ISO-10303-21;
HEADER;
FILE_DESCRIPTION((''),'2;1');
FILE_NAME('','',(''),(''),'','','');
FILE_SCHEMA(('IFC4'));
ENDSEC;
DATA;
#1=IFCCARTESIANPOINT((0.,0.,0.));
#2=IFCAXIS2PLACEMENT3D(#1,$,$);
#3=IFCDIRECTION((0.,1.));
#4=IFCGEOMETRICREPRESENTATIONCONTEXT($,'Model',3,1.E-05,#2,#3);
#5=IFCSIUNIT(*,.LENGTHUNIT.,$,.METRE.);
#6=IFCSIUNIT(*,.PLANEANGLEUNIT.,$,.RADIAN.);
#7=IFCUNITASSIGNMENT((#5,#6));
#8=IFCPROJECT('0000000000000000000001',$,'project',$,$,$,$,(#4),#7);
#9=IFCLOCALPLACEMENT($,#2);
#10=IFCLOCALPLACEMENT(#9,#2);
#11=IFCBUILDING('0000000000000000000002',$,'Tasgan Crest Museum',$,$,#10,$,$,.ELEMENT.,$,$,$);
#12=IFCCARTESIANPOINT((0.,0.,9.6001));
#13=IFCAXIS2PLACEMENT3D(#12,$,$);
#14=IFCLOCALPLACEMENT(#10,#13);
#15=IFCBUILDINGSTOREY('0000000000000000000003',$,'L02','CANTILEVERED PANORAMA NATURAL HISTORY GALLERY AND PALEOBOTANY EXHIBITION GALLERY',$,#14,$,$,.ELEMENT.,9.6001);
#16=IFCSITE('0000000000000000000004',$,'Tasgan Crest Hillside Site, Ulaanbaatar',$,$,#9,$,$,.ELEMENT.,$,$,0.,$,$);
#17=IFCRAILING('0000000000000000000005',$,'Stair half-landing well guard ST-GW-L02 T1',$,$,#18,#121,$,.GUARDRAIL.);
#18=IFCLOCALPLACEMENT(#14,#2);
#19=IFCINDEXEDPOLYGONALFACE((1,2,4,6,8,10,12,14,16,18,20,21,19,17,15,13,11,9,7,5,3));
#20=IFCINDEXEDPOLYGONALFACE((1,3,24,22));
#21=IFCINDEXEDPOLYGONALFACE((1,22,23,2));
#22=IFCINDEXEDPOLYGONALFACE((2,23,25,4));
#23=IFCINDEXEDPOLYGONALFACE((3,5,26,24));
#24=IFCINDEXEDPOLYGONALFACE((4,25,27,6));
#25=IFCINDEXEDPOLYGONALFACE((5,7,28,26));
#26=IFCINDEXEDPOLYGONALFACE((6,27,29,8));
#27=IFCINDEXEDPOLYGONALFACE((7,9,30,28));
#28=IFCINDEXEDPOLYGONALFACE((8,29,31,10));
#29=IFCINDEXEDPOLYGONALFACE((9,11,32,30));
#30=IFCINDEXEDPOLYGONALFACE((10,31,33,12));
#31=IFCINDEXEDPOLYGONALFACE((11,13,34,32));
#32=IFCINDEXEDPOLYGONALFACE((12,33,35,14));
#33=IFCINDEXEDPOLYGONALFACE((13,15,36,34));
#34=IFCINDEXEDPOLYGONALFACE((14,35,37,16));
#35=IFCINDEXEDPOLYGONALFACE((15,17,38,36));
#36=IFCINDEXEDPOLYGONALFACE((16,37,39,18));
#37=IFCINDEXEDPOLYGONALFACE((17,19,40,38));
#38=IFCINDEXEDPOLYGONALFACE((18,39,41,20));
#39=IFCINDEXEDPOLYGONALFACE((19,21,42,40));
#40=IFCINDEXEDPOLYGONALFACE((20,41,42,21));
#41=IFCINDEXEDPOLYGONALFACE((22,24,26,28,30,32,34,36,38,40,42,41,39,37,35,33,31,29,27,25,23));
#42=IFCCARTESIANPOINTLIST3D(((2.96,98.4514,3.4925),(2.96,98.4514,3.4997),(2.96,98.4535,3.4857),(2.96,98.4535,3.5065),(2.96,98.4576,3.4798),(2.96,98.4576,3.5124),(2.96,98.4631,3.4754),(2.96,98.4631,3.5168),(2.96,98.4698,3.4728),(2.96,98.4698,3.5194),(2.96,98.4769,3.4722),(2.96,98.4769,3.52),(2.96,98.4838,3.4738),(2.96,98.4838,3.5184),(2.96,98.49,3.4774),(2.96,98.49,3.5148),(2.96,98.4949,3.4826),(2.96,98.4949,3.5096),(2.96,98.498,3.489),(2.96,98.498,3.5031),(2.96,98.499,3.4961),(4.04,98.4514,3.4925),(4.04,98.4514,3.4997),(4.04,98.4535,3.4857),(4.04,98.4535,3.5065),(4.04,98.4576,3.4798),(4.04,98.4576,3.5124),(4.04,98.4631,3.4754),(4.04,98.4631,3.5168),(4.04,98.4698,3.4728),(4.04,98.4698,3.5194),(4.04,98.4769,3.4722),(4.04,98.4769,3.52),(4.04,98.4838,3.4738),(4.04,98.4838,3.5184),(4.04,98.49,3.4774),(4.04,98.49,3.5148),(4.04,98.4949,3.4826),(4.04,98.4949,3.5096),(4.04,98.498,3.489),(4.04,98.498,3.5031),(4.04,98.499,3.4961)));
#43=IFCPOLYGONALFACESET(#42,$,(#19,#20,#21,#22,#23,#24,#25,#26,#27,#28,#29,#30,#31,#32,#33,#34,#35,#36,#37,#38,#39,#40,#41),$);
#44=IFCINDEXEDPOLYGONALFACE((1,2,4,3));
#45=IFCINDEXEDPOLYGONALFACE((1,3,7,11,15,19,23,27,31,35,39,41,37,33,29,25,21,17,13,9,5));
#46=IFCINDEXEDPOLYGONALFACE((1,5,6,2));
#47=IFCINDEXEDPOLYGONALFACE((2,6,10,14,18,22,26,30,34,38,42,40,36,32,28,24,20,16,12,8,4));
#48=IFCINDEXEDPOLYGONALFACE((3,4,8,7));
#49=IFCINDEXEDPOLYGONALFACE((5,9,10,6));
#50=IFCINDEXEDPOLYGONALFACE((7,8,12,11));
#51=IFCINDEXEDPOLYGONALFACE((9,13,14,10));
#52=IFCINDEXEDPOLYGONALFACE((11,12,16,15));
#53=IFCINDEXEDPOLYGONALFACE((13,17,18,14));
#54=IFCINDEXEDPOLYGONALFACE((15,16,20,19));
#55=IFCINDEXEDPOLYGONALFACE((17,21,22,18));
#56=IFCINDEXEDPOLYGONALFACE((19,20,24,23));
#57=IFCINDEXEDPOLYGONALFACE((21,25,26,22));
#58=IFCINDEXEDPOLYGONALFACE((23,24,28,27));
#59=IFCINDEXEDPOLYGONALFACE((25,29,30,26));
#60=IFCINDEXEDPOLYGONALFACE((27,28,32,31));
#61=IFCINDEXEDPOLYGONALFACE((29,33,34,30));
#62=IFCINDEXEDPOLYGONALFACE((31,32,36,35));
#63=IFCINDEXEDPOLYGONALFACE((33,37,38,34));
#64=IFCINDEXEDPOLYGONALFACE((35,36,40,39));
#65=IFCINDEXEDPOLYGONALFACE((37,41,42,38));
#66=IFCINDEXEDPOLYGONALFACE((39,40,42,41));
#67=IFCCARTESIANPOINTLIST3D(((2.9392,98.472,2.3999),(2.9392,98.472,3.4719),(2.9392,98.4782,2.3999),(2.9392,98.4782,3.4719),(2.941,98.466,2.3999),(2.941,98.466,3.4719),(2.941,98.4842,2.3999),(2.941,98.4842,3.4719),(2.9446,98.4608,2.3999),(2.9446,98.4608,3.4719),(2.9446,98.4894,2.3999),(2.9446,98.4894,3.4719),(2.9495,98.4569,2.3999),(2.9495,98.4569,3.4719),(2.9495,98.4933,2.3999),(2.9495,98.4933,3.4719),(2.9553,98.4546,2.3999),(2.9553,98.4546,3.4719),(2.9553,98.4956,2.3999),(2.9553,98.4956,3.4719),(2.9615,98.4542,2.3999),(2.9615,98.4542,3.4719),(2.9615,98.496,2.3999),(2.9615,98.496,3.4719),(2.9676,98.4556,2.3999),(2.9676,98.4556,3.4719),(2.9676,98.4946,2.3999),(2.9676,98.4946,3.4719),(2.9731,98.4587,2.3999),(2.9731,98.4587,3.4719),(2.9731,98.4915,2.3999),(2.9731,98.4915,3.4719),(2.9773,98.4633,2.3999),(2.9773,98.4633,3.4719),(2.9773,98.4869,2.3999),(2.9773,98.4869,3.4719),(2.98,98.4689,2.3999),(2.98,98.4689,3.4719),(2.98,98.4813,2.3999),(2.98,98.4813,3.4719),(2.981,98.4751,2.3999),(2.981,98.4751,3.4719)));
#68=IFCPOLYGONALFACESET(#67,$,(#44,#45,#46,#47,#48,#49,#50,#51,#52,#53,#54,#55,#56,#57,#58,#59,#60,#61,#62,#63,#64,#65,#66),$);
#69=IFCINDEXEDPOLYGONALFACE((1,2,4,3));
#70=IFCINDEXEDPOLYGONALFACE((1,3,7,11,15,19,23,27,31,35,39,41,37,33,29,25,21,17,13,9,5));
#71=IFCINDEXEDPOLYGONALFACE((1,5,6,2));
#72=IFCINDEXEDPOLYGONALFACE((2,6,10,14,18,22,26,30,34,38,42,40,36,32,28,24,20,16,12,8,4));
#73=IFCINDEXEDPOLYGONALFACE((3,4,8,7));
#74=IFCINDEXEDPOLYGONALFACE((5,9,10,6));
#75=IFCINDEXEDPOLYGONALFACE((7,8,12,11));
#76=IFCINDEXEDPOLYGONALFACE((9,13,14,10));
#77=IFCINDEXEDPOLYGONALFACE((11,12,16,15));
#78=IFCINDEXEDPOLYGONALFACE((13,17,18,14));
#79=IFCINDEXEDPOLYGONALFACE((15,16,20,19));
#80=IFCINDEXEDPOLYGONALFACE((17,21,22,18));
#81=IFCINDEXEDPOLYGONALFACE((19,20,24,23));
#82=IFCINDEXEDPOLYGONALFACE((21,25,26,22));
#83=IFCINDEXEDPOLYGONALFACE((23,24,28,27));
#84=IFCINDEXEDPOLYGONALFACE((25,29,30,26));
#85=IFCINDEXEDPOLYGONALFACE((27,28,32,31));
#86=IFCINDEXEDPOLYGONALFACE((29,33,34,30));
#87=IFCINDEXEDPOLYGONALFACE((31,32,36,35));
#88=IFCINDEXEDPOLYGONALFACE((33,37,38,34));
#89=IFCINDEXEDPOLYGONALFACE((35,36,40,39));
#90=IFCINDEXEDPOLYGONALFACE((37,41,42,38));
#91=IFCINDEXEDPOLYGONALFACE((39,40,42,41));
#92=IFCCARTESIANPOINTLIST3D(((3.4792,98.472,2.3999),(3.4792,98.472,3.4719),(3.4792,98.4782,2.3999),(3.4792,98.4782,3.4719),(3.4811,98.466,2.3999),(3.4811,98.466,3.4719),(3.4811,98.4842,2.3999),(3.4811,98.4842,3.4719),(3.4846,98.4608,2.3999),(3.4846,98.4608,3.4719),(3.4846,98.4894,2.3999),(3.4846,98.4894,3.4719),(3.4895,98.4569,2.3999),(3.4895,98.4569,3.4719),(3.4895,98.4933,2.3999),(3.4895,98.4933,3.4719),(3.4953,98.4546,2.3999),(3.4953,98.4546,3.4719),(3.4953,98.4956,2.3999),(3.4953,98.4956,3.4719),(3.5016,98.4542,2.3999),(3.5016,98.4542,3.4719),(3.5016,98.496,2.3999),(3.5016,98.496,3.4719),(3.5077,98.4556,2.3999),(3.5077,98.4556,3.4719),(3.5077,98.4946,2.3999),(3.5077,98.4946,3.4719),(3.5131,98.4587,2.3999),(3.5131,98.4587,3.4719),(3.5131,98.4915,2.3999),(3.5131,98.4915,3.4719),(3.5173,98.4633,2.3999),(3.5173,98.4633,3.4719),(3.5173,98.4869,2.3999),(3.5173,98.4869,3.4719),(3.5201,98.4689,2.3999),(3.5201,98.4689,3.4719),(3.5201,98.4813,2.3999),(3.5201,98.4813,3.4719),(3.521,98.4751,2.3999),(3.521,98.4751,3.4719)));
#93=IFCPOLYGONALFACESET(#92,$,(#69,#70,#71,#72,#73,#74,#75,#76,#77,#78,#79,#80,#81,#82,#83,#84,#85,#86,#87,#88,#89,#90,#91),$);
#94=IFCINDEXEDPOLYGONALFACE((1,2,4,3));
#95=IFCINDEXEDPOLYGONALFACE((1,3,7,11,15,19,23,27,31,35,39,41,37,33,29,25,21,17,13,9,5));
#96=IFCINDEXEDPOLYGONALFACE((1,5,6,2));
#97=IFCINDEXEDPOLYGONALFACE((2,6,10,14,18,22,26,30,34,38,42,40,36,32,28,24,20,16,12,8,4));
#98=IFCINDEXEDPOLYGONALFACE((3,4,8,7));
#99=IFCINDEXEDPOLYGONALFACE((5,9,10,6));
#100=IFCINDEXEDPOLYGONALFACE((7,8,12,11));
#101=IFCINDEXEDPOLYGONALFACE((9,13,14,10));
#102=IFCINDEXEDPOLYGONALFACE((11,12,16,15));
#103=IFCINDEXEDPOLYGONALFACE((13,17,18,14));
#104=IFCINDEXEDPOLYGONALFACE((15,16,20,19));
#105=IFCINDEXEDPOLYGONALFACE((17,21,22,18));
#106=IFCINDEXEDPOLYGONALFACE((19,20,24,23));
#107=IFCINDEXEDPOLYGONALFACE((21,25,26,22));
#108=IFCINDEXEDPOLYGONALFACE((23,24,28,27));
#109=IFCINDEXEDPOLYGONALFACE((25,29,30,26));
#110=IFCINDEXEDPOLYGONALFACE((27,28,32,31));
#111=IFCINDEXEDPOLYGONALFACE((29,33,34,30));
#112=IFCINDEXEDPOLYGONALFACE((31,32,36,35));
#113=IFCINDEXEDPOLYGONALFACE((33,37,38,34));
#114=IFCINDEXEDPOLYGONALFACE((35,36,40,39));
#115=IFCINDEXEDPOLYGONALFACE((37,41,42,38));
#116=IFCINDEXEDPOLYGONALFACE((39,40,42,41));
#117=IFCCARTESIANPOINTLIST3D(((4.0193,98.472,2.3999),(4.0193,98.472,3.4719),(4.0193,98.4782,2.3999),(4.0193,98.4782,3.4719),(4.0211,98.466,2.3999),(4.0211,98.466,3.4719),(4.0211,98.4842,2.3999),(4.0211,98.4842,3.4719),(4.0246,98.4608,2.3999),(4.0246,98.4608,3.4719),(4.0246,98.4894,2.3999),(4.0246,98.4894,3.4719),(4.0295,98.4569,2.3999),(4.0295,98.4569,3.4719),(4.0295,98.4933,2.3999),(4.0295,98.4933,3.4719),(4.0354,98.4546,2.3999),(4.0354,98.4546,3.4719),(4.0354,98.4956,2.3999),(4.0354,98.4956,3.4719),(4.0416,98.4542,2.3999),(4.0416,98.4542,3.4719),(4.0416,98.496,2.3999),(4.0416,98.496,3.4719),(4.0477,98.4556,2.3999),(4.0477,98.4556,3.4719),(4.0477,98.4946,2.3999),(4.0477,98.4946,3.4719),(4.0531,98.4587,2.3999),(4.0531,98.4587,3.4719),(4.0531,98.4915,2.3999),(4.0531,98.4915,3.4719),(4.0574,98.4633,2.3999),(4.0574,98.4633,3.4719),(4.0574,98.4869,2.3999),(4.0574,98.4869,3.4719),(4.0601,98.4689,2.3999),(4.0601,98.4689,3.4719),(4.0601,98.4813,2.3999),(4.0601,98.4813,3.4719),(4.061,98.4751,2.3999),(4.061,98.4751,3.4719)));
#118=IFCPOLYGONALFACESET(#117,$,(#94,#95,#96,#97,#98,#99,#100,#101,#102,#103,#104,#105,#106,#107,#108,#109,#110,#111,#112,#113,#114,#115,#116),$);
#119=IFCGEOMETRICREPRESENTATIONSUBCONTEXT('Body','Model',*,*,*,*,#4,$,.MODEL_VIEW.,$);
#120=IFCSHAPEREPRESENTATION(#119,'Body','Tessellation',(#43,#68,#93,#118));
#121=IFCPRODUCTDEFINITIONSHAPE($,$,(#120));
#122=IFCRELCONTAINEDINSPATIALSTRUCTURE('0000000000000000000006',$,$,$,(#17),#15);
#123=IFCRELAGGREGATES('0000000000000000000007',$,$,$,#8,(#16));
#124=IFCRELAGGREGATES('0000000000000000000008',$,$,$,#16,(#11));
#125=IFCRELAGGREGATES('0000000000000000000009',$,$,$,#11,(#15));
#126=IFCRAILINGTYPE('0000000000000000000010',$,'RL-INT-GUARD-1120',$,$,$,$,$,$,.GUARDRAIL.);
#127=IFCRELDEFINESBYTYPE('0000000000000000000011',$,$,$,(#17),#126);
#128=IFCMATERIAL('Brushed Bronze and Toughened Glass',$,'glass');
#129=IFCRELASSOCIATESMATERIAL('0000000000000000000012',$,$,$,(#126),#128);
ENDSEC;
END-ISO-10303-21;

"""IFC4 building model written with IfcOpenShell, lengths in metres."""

from ifc_helpers import new_model, si_unit, direction, frame, origin, origin_2d, place, context, subcontext, project, spatial, circle, extrude, material, type_object, element, save


model = new_model("IFC4")

# Units and contexts
model_context = context("Model", 3, precision=1e-05, world=origin(), true_north=direction((0.0, 1.0)))
body_context = subcontext(model_context, "Body", "Model", "MODEL_VIEW")
ifc_project = project(units=[si_unit("LENGTHUNIT", "METRE"), si_unit("PLANEANGLEUNIT", "RADIAN")], contexts=[model_context])

# Site, building, storey
site_placement = place(None, origin())
site = spatial("IfcSite", under=ifc_project, at=site_placement, Name="Tasgan Crest Hillside Site, Ulaanbaatar", CompositionType="ELEMENT", RefElevation=0.0)
building_placement = place(site_placement, origin())
building = spatial("IfcBuilding", under=site, at=building_placement, Name="Tasgan Crest Museum", CompositionType="ELEMENT")
storey_placement = place(building_placement, frame((0.0, 0.0, 9.6001)))
storey = spatial("IfcBuildingStorey", under=building, at=storey_placement, Name="L02", Description="CANTILEVERED PANORAMA NATURAL HISTORY GALLERY AND PALEOBOTANY EXHIBITION GALLERY", CompositionType="ELEMENT", Elevation=9.6001)

# Railing
ifc_material_1 = material(Name="Brushed Bronze and Toughened Glass", Category="glass")
railing_type_1 = type_object("IfcRailingType", Name="RL-INT-GUARD-1120", PredefinedType="GUARDRAIL", material=ifc_material_1)
railing_1_placement = place(storey_placement, frame((2.96, 98.4751, 2.3999)))
element("IfcRailing", 1, at=railing_1_placement, inside=storey, type_object=railing_type_1, Name="Stair half-landing well guard ST-GW-L02 T1", PredefinedType="GUARDRAIL", context=body_context, shape_type="SweptSolid", body=[
    extrude(circle(Radius=0.0239, at=origin_2d()), frame((0.0, 0.0, 1.0962), z_axis=(1.0, 0.0, 0.0), x_axis=(0.0, 1.0, 0.0)), (0.0, 0.0, 1.0), 1.0801),
    extrude(circle(Radius=0.021, at=origin_2d()), origin(), (0.0, 0.0, 1.0), 1.072),
    extrude(circle(Radius=0.021, at=origin_2d()), frame((0.54, 0.0, 0.0)), (0.0, 0.0, 1.0), 1.072),
    extrude(circle(Radius=0.021, at=origin_2d()), frame((1.0801, 0.0, 0.0)), (0.0, 0.0, 1.0), 1.072),
])

save(model, "model.ifc")
